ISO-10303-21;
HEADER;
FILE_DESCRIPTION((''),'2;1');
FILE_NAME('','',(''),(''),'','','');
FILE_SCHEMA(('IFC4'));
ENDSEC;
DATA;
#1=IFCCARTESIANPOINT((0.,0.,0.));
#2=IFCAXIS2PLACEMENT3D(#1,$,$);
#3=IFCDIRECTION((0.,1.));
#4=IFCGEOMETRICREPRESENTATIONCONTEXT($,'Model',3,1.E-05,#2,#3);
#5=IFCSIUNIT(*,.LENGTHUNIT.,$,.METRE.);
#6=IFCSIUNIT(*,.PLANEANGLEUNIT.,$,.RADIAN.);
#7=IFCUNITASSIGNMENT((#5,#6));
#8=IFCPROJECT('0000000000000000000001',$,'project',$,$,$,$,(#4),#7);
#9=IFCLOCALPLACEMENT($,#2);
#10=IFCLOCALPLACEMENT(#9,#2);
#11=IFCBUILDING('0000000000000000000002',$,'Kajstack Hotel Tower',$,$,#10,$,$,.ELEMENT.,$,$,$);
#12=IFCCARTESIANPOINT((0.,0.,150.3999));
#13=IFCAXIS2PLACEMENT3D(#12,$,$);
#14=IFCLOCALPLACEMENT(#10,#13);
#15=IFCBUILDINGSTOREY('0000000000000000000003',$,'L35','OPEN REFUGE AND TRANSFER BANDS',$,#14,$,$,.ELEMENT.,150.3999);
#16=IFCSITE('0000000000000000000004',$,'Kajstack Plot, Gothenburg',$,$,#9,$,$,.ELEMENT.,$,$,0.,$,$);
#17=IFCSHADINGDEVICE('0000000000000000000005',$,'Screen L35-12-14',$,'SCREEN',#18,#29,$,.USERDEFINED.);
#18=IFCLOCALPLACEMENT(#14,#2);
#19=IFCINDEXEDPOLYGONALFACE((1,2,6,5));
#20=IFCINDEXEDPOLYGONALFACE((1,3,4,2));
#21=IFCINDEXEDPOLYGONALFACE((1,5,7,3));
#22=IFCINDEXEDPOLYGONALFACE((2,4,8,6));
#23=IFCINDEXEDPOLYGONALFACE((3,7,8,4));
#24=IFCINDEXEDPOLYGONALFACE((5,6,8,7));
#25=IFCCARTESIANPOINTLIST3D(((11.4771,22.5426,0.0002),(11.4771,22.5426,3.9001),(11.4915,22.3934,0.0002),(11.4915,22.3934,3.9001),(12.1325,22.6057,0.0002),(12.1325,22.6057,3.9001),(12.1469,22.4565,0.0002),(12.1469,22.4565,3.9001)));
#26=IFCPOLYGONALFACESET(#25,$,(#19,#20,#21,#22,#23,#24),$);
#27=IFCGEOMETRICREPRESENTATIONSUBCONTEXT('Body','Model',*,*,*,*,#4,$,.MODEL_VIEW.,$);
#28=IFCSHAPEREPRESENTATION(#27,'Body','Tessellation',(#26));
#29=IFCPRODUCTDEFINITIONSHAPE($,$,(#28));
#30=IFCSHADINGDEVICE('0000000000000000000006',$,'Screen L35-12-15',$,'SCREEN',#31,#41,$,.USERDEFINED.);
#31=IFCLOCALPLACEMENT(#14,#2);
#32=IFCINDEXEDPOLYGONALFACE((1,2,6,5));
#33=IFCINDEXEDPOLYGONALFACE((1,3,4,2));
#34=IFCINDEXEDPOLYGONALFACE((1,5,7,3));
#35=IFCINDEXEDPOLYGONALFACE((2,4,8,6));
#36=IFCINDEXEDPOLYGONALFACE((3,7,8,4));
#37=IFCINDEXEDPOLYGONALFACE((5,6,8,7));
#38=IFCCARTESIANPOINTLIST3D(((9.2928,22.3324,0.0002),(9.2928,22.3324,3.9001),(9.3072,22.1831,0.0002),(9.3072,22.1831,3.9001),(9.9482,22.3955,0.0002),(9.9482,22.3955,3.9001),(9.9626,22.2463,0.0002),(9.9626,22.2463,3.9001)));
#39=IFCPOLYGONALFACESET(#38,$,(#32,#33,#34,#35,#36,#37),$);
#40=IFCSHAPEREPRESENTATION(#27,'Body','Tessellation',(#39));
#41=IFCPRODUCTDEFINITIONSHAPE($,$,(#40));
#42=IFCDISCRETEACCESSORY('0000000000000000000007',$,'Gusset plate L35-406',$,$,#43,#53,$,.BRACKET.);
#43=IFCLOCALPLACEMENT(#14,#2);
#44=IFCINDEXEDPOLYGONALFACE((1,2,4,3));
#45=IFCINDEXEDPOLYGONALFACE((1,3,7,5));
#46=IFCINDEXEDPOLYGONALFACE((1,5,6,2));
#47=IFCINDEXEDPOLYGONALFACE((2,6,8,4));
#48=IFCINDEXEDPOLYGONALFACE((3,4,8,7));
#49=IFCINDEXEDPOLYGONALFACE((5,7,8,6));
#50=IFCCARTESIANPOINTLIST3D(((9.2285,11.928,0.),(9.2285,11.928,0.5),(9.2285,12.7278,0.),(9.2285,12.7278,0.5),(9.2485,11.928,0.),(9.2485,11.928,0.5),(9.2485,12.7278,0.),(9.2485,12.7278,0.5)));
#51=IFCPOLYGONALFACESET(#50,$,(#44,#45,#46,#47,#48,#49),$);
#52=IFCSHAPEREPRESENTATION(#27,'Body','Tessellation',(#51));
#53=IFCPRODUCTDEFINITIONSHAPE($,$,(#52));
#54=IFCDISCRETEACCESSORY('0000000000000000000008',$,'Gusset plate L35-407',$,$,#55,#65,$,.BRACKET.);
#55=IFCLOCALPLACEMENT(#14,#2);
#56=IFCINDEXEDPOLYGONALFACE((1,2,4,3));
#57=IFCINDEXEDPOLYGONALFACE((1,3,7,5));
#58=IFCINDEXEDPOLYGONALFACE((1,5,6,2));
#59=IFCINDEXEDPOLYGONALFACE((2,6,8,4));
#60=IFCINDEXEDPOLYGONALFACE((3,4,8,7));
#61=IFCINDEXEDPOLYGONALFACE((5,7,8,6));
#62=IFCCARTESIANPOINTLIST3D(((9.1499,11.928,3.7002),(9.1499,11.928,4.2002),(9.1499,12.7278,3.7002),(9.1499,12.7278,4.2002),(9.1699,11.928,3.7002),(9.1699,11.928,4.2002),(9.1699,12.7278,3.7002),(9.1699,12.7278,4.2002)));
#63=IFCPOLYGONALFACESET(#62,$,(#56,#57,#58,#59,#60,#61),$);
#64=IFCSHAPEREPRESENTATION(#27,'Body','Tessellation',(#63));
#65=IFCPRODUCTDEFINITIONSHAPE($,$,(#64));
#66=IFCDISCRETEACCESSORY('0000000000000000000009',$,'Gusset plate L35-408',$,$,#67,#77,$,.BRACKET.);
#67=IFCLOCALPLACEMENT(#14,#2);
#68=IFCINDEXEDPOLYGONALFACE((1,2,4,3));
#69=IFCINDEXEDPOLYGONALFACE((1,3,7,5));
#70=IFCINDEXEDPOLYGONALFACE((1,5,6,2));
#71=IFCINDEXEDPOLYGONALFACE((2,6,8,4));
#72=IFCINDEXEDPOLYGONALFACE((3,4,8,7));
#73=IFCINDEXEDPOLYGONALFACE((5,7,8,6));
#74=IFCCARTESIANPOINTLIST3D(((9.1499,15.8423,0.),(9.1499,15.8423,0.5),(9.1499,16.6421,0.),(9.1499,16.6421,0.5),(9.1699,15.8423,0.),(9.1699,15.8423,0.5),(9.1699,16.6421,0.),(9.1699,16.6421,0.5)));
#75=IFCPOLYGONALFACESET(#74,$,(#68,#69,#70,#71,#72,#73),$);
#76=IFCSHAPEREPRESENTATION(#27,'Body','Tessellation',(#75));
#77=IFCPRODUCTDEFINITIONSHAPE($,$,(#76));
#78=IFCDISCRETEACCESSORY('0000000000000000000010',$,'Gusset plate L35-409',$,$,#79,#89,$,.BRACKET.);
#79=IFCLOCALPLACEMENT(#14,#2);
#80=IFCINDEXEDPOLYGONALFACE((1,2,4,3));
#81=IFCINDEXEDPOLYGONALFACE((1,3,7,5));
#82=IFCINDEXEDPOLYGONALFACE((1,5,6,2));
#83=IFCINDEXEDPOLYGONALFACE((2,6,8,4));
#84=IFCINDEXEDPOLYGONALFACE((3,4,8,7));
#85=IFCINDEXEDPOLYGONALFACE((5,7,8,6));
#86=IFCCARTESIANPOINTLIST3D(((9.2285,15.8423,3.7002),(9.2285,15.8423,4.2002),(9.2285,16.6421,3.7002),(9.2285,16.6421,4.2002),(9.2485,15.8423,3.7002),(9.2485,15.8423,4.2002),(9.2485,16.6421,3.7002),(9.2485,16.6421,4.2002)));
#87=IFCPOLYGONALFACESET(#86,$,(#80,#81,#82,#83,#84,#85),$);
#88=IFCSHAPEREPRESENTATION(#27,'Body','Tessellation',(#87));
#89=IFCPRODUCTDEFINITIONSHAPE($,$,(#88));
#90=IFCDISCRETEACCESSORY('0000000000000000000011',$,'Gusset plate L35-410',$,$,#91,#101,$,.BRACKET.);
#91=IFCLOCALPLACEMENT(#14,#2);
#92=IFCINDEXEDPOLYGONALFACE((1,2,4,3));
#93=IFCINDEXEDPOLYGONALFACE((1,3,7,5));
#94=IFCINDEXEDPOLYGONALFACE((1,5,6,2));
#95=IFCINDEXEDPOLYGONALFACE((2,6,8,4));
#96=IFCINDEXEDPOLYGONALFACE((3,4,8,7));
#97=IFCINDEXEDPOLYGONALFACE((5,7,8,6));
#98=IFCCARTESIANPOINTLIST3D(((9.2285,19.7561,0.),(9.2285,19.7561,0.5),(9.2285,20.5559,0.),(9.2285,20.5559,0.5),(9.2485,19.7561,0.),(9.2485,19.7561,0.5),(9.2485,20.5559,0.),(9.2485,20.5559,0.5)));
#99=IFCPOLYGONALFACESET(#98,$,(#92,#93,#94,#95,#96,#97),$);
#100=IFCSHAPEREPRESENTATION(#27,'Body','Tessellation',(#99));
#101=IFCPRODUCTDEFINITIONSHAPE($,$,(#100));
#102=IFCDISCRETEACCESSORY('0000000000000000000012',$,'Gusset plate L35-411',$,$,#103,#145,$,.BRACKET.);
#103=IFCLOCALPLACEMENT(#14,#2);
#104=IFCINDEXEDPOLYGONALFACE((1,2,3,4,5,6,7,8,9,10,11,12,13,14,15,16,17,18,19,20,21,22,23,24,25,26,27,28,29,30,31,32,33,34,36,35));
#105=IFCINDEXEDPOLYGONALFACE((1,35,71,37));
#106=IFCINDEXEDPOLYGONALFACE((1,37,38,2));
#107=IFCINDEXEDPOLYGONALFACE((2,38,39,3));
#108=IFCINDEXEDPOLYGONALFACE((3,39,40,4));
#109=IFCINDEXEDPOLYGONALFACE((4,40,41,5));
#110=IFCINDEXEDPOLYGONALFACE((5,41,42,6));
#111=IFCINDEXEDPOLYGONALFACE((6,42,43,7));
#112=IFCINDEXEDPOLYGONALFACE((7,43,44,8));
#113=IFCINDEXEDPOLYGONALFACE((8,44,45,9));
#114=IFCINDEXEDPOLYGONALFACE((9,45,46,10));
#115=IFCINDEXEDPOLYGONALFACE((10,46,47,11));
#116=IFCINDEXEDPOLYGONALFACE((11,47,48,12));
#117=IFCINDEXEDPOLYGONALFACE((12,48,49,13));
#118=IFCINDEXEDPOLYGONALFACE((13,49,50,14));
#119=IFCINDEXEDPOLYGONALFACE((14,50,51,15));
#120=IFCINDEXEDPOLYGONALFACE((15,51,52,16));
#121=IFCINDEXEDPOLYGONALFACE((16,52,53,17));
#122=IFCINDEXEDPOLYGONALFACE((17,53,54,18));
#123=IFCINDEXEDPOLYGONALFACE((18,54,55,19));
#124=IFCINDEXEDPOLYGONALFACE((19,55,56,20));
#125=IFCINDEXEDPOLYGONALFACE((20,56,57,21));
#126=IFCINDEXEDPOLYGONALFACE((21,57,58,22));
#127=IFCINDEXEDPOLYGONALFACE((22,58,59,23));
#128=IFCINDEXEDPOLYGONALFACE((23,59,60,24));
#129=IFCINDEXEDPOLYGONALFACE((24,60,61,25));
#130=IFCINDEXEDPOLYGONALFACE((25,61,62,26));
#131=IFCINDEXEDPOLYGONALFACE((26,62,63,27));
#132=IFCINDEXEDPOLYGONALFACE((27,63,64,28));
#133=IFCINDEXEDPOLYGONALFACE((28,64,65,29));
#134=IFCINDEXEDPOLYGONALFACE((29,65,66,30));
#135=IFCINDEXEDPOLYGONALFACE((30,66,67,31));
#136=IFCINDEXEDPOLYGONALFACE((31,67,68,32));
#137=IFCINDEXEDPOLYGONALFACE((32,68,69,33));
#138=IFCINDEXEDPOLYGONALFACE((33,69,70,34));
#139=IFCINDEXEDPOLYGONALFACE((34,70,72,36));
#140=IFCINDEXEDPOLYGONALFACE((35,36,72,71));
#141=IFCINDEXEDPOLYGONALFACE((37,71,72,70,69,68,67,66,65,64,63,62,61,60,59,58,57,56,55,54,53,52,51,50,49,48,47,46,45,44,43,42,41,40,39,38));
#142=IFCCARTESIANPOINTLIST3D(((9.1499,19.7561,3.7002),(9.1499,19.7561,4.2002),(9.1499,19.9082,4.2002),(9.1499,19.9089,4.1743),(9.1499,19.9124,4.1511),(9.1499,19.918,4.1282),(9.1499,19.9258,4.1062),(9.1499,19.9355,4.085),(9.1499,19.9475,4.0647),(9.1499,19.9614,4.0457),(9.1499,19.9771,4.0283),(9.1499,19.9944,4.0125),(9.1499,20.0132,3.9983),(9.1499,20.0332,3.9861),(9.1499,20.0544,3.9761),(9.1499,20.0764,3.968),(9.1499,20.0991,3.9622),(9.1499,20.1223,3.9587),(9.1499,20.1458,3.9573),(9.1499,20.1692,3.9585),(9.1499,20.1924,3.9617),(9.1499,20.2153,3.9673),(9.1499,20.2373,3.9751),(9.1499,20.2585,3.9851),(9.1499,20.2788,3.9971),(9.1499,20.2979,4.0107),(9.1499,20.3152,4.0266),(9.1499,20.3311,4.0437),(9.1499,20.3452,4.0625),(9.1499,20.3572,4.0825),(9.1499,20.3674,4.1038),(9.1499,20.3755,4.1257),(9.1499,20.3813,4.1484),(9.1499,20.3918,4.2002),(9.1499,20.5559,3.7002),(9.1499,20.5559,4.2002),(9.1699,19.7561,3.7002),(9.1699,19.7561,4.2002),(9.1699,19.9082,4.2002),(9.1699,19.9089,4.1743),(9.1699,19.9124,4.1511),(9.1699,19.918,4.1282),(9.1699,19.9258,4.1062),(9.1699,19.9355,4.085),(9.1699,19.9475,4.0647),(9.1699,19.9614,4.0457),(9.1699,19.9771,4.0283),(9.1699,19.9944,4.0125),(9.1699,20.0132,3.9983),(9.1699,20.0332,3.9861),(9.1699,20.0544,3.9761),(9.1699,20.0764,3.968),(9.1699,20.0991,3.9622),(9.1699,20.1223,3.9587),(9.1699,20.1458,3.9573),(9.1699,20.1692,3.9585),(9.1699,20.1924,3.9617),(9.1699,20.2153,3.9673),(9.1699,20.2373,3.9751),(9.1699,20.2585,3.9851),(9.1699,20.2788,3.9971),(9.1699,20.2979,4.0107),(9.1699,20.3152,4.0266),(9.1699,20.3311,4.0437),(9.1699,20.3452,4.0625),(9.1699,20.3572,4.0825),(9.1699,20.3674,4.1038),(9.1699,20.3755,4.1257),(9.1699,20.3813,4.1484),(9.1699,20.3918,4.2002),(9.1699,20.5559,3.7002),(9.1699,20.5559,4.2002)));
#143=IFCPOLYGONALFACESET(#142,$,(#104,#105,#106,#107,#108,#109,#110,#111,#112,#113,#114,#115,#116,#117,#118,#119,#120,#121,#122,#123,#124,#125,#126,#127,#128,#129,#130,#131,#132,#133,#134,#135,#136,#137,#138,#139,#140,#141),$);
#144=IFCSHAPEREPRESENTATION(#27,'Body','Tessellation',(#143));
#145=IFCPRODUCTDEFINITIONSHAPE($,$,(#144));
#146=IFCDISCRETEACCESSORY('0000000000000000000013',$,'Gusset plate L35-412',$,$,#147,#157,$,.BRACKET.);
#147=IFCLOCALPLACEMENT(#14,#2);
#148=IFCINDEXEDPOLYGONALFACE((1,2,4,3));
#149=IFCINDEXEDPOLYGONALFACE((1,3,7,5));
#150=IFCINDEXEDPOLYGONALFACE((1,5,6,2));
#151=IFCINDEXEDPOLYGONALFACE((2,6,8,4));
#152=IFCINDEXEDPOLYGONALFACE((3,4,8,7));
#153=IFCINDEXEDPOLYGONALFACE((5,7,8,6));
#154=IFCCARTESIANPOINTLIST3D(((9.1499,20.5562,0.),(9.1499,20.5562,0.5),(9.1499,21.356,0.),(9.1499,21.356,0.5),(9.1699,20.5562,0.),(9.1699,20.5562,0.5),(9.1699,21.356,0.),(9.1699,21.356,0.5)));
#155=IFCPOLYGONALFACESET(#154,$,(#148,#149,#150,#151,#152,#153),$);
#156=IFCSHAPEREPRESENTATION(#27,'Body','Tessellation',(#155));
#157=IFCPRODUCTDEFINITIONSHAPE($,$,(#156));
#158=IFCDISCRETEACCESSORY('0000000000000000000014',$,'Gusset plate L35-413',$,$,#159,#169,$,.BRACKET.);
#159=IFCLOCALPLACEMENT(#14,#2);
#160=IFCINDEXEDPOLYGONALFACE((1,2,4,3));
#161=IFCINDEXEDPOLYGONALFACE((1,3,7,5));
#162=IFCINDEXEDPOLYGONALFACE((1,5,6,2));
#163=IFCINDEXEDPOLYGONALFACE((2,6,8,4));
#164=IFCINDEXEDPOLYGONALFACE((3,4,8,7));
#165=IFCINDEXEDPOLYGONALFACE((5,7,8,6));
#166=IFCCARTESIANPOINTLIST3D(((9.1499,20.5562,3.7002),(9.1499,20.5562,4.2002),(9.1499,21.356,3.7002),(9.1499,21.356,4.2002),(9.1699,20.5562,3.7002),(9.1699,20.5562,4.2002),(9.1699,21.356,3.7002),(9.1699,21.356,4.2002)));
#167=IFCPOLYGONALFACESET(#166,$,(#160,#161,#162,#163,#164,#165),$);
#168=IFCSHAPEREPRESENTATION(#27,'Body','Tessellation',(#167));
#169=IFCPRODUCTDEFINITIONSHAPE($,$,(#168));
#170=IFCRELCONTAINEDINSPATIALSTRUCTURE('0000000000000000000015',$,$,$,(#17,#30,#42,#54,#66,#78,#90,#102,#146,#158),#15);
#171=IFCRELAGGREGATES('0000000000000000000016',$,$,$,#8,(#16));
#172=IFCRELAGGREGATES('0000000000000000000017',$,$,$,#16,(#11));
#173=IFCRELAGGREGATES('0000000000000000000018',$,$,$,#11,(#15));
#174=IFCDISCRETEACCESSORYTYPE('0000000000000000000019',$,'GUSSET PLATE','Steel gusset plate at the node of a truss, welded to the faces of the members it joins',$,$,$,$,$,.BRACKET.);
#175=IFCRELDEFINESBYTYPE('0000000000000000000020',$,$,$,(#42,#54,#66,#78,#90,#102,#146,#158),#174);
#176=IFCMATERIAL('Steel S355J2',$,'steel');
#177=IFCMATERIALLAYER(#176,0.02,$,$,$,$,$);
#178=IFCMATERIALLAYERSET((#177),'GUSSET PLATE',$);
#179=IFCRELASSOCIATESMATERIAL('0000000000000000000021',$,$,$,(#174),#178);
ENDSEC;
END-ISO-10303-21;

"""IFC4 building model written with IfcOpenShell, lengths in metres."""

from ifc_helpers import new_model, si_unit, direction, frame, origin, origin_2d, place, context, subcontext, project, spatial, polyline, rectangle, outline, extrude, material, layer, layer_set, type_object, element, save


model = new_model("IFC4")

# Units and contexts
model_context = context("Model", 3, precision=1e-05, world=origin(), true_north=direction((0.0, 1.0)))
body_context = subcontext(model_context, "Body", "Model", "MODEL_VIEW")
ifc_project = project(units=[si_unit("LENGTHUNIT", "METRE"), si_unit("PLANEANGLEUNIT", "RADIAN")], contexts=[model_context])

# Site, building, storey
site_placement = place(None, origin())
site = spatial("IfcSite", under=ifc_project, at=site_placement, Name="Kajstack Plot, Gothenburg", CompositionType="ELEMENT", RefElevation=0.0)
building_placement = place(site_placement, origin())
building = spatial("IfcBuilding", under=site, at=building_placement, Name="Kajstack Hotel Tower", CompositionType="ELEMENT")
storey_placement = place(building_placement, frame((0.0, 0.0, 150.3999)))
storey = spatial("IfcBuildingStorey", under=building, at=storey_placement, Name="L35", Description="OPEN REFUGE AND TRANSFER BANDS", CompositionType="ELEMENT", Elevation=150.3999)

# Shared definitions
ifc_material_1 = material(Name="Steel S355J2", Category="steel")

# Shading devices
for number, where, z_axis, x_axis, name in (
    (1, (11.812, 22.4995, 0.0002), (0.0, 0.0, 1.0), (-0.995396, -0.095846, 0.0), "Screen L35-12-14"),
    (2, (9.6277, 22.2893, 0.0002), (0.0, 0.0, 1.0), (-0.995396, -0.095846, 0.0), "Screen L35-12-15"),
):
    element("IfcShadingDevice", number, at=place(storey_placement, frame(where, z_axis=z_axis, x_axis=x_axis)), inside=storey, Name=name, ObjectType="SCREEN", PredefinedType="USERDEFINED", context=body_context, shape_type="SweptSolid", body=[
        extrude(rectangle(XDim=0.6584, YDim=0.1499, at=origin_2d()), origin(), (0.0, 0.0, 1.0), 3.8999),
    ])

# Discrete accessories
ifc_layer_1 = layer(ifc_material_1, 0.02)
ifc_layer_set_1 = layer_set([ifc_layer_1], Name="GUSSET PLATE")
discrete_accessory_type = type_object("IfcDiscreteAccessoryType", Name="GUSSET PLATE", Description="Steel gusset plate at the node of a truss, welded to the faces of the members it joins", PredefinedType="BRACKET", material=ifc_layer_set_1)
for number, where, z_axis, x_axis, name in (
    (3, (9.2285, 12.3279, 0.0), (1.0, 0.0, 0.0), (0.0, 1.0, 0.0), "Gusset plate L35-406"),
    (4, (9.1499, 12.3279, 3.7002), (1.0, 0.0, 0.0), (0.0, 1.0, 0.0), "Gusset plate L35-407"),
    (5, (9.1499, 16.2422, 0.0), (1.0, 0.0, 0.0), (0.0, 1.0, 0.0), "Gusset plate L35-408"),
    (6, (9.2285, 16.2422, 3.7002), (1.0, 0.0, 0.0), (0.0, 1.0, 0.0), "Gusset plate L35-409"),
    (7, (9.2285, 20.156, 0.0), (1.0, 0.0, 0.0), (0.0, 1.0, 0.0), "Gusset plate L35-410"),
):
    element("IfcDiscreteAccessory", number, at=place(storey_placement, frame(where, z_axis=z_axis, x_axis=x_axis)), inside=storey, type_object=discrete_accessory_type, Name=name, PredefinedType="BRACKET", context=body_context, shape_type="SweptSolid", body=[
        extrude(outline(polyline([(-0.3999, 0.0), (0.3999, 0.0), (0.3999, 0.5), (-0.3999, 0.5), (-0.3999, 0.0)])), origin(), (0.0, 0.0, 1.0), 0.02),
    ])
discrete_accessory_placement = place(storey_placement, frame((9.1499, 20.156, 3.7002), z_axis=(1.0, 0.0, 0.0), x_axis=(0.0, 1.0, 0.0)))
element("IfcDiscreteAccessory", 8, at=discrete_accessory_placement, inside=storey, type_object=discrete_accessory_type, Name="Gusset plate L35-411", PredefinedType="BRACKET", context=body_context, shape_type="SweptSolid", body=[
    extrude(outline(polyline([(0.3999, 0.5), (0.2358, 0.5), (0.2253, 0.4482), (0.2195, 0.4255), (0.2114, 0.4036), (0.2012, 0.3823), (0.1892, 0.3623), (0.175, 0.3435), (0.1592, 0.3264), (0.1418, 0.3105), (0.1228, 0.2969), (0.1025, 0.2849), (0.0813, 0.2749), (0.0593, 0.2671), (0.0364, 0.2615), (0.0132, 0.2583), (-0.0103, 0.2571), (-0.0337, 0.2585), (-0.0569, 0.262), (-0.0796, 0.2678), (-0.1016, 0.2759), (-0.1228, 0.2859), (-0.1428, 0.2981), (-0.1616, 0.3123), (-0.179, 0.3281), (-0.1946, 0.3455), (-0.2085, 0.3645), (-0.2205, 0.3848), (-0.2302, 0.406), (-0.238, 0.428), (-0.2437, 0.4509), (-0.2471, 0.4741), (-0.2478, 0.5), (-0.3999, 0.5), (-0.3999, 0.0), (0.3999, 0.0), (0.3999, 0.5)])), origin(), (0.0, 0.0, 1.0), 0.02),
])
for number, where, z_axis, x_axis, name in (
    (9, (9.1499, 20.9561, 0.0), (1.0, 0.0, 0.0), (0.0, 1.0, 0.0), "Gusset plate L35-412"),
    (10, (9.1499, 20.9561, 3.7002), (1.0, 0.0, 0.0), (0.0, 1.0, 0.0), "Gusset plate L35-413"),
):
    element("IfcDiscreteAccessory", number, at=place(storey_placement, frame(where, z_axis=z_axis, x_axis=x_axis)), inside=storey, type_object=discrete_accessory_type, Name=name, PredefinedType="BRACKET", context=body_context, shape_type="SweptSolid", body=[
        extrude(outline(polyline([(-0.3999, 0.0), (0.3999, 0.0), (0.3999, 0.5), (-0.3999, 0.5), (-0.3999, 0.0)])), origin(), (0.0, 0.0, 1.0), 0.02),
    ])

save(model, "model.ifc")
